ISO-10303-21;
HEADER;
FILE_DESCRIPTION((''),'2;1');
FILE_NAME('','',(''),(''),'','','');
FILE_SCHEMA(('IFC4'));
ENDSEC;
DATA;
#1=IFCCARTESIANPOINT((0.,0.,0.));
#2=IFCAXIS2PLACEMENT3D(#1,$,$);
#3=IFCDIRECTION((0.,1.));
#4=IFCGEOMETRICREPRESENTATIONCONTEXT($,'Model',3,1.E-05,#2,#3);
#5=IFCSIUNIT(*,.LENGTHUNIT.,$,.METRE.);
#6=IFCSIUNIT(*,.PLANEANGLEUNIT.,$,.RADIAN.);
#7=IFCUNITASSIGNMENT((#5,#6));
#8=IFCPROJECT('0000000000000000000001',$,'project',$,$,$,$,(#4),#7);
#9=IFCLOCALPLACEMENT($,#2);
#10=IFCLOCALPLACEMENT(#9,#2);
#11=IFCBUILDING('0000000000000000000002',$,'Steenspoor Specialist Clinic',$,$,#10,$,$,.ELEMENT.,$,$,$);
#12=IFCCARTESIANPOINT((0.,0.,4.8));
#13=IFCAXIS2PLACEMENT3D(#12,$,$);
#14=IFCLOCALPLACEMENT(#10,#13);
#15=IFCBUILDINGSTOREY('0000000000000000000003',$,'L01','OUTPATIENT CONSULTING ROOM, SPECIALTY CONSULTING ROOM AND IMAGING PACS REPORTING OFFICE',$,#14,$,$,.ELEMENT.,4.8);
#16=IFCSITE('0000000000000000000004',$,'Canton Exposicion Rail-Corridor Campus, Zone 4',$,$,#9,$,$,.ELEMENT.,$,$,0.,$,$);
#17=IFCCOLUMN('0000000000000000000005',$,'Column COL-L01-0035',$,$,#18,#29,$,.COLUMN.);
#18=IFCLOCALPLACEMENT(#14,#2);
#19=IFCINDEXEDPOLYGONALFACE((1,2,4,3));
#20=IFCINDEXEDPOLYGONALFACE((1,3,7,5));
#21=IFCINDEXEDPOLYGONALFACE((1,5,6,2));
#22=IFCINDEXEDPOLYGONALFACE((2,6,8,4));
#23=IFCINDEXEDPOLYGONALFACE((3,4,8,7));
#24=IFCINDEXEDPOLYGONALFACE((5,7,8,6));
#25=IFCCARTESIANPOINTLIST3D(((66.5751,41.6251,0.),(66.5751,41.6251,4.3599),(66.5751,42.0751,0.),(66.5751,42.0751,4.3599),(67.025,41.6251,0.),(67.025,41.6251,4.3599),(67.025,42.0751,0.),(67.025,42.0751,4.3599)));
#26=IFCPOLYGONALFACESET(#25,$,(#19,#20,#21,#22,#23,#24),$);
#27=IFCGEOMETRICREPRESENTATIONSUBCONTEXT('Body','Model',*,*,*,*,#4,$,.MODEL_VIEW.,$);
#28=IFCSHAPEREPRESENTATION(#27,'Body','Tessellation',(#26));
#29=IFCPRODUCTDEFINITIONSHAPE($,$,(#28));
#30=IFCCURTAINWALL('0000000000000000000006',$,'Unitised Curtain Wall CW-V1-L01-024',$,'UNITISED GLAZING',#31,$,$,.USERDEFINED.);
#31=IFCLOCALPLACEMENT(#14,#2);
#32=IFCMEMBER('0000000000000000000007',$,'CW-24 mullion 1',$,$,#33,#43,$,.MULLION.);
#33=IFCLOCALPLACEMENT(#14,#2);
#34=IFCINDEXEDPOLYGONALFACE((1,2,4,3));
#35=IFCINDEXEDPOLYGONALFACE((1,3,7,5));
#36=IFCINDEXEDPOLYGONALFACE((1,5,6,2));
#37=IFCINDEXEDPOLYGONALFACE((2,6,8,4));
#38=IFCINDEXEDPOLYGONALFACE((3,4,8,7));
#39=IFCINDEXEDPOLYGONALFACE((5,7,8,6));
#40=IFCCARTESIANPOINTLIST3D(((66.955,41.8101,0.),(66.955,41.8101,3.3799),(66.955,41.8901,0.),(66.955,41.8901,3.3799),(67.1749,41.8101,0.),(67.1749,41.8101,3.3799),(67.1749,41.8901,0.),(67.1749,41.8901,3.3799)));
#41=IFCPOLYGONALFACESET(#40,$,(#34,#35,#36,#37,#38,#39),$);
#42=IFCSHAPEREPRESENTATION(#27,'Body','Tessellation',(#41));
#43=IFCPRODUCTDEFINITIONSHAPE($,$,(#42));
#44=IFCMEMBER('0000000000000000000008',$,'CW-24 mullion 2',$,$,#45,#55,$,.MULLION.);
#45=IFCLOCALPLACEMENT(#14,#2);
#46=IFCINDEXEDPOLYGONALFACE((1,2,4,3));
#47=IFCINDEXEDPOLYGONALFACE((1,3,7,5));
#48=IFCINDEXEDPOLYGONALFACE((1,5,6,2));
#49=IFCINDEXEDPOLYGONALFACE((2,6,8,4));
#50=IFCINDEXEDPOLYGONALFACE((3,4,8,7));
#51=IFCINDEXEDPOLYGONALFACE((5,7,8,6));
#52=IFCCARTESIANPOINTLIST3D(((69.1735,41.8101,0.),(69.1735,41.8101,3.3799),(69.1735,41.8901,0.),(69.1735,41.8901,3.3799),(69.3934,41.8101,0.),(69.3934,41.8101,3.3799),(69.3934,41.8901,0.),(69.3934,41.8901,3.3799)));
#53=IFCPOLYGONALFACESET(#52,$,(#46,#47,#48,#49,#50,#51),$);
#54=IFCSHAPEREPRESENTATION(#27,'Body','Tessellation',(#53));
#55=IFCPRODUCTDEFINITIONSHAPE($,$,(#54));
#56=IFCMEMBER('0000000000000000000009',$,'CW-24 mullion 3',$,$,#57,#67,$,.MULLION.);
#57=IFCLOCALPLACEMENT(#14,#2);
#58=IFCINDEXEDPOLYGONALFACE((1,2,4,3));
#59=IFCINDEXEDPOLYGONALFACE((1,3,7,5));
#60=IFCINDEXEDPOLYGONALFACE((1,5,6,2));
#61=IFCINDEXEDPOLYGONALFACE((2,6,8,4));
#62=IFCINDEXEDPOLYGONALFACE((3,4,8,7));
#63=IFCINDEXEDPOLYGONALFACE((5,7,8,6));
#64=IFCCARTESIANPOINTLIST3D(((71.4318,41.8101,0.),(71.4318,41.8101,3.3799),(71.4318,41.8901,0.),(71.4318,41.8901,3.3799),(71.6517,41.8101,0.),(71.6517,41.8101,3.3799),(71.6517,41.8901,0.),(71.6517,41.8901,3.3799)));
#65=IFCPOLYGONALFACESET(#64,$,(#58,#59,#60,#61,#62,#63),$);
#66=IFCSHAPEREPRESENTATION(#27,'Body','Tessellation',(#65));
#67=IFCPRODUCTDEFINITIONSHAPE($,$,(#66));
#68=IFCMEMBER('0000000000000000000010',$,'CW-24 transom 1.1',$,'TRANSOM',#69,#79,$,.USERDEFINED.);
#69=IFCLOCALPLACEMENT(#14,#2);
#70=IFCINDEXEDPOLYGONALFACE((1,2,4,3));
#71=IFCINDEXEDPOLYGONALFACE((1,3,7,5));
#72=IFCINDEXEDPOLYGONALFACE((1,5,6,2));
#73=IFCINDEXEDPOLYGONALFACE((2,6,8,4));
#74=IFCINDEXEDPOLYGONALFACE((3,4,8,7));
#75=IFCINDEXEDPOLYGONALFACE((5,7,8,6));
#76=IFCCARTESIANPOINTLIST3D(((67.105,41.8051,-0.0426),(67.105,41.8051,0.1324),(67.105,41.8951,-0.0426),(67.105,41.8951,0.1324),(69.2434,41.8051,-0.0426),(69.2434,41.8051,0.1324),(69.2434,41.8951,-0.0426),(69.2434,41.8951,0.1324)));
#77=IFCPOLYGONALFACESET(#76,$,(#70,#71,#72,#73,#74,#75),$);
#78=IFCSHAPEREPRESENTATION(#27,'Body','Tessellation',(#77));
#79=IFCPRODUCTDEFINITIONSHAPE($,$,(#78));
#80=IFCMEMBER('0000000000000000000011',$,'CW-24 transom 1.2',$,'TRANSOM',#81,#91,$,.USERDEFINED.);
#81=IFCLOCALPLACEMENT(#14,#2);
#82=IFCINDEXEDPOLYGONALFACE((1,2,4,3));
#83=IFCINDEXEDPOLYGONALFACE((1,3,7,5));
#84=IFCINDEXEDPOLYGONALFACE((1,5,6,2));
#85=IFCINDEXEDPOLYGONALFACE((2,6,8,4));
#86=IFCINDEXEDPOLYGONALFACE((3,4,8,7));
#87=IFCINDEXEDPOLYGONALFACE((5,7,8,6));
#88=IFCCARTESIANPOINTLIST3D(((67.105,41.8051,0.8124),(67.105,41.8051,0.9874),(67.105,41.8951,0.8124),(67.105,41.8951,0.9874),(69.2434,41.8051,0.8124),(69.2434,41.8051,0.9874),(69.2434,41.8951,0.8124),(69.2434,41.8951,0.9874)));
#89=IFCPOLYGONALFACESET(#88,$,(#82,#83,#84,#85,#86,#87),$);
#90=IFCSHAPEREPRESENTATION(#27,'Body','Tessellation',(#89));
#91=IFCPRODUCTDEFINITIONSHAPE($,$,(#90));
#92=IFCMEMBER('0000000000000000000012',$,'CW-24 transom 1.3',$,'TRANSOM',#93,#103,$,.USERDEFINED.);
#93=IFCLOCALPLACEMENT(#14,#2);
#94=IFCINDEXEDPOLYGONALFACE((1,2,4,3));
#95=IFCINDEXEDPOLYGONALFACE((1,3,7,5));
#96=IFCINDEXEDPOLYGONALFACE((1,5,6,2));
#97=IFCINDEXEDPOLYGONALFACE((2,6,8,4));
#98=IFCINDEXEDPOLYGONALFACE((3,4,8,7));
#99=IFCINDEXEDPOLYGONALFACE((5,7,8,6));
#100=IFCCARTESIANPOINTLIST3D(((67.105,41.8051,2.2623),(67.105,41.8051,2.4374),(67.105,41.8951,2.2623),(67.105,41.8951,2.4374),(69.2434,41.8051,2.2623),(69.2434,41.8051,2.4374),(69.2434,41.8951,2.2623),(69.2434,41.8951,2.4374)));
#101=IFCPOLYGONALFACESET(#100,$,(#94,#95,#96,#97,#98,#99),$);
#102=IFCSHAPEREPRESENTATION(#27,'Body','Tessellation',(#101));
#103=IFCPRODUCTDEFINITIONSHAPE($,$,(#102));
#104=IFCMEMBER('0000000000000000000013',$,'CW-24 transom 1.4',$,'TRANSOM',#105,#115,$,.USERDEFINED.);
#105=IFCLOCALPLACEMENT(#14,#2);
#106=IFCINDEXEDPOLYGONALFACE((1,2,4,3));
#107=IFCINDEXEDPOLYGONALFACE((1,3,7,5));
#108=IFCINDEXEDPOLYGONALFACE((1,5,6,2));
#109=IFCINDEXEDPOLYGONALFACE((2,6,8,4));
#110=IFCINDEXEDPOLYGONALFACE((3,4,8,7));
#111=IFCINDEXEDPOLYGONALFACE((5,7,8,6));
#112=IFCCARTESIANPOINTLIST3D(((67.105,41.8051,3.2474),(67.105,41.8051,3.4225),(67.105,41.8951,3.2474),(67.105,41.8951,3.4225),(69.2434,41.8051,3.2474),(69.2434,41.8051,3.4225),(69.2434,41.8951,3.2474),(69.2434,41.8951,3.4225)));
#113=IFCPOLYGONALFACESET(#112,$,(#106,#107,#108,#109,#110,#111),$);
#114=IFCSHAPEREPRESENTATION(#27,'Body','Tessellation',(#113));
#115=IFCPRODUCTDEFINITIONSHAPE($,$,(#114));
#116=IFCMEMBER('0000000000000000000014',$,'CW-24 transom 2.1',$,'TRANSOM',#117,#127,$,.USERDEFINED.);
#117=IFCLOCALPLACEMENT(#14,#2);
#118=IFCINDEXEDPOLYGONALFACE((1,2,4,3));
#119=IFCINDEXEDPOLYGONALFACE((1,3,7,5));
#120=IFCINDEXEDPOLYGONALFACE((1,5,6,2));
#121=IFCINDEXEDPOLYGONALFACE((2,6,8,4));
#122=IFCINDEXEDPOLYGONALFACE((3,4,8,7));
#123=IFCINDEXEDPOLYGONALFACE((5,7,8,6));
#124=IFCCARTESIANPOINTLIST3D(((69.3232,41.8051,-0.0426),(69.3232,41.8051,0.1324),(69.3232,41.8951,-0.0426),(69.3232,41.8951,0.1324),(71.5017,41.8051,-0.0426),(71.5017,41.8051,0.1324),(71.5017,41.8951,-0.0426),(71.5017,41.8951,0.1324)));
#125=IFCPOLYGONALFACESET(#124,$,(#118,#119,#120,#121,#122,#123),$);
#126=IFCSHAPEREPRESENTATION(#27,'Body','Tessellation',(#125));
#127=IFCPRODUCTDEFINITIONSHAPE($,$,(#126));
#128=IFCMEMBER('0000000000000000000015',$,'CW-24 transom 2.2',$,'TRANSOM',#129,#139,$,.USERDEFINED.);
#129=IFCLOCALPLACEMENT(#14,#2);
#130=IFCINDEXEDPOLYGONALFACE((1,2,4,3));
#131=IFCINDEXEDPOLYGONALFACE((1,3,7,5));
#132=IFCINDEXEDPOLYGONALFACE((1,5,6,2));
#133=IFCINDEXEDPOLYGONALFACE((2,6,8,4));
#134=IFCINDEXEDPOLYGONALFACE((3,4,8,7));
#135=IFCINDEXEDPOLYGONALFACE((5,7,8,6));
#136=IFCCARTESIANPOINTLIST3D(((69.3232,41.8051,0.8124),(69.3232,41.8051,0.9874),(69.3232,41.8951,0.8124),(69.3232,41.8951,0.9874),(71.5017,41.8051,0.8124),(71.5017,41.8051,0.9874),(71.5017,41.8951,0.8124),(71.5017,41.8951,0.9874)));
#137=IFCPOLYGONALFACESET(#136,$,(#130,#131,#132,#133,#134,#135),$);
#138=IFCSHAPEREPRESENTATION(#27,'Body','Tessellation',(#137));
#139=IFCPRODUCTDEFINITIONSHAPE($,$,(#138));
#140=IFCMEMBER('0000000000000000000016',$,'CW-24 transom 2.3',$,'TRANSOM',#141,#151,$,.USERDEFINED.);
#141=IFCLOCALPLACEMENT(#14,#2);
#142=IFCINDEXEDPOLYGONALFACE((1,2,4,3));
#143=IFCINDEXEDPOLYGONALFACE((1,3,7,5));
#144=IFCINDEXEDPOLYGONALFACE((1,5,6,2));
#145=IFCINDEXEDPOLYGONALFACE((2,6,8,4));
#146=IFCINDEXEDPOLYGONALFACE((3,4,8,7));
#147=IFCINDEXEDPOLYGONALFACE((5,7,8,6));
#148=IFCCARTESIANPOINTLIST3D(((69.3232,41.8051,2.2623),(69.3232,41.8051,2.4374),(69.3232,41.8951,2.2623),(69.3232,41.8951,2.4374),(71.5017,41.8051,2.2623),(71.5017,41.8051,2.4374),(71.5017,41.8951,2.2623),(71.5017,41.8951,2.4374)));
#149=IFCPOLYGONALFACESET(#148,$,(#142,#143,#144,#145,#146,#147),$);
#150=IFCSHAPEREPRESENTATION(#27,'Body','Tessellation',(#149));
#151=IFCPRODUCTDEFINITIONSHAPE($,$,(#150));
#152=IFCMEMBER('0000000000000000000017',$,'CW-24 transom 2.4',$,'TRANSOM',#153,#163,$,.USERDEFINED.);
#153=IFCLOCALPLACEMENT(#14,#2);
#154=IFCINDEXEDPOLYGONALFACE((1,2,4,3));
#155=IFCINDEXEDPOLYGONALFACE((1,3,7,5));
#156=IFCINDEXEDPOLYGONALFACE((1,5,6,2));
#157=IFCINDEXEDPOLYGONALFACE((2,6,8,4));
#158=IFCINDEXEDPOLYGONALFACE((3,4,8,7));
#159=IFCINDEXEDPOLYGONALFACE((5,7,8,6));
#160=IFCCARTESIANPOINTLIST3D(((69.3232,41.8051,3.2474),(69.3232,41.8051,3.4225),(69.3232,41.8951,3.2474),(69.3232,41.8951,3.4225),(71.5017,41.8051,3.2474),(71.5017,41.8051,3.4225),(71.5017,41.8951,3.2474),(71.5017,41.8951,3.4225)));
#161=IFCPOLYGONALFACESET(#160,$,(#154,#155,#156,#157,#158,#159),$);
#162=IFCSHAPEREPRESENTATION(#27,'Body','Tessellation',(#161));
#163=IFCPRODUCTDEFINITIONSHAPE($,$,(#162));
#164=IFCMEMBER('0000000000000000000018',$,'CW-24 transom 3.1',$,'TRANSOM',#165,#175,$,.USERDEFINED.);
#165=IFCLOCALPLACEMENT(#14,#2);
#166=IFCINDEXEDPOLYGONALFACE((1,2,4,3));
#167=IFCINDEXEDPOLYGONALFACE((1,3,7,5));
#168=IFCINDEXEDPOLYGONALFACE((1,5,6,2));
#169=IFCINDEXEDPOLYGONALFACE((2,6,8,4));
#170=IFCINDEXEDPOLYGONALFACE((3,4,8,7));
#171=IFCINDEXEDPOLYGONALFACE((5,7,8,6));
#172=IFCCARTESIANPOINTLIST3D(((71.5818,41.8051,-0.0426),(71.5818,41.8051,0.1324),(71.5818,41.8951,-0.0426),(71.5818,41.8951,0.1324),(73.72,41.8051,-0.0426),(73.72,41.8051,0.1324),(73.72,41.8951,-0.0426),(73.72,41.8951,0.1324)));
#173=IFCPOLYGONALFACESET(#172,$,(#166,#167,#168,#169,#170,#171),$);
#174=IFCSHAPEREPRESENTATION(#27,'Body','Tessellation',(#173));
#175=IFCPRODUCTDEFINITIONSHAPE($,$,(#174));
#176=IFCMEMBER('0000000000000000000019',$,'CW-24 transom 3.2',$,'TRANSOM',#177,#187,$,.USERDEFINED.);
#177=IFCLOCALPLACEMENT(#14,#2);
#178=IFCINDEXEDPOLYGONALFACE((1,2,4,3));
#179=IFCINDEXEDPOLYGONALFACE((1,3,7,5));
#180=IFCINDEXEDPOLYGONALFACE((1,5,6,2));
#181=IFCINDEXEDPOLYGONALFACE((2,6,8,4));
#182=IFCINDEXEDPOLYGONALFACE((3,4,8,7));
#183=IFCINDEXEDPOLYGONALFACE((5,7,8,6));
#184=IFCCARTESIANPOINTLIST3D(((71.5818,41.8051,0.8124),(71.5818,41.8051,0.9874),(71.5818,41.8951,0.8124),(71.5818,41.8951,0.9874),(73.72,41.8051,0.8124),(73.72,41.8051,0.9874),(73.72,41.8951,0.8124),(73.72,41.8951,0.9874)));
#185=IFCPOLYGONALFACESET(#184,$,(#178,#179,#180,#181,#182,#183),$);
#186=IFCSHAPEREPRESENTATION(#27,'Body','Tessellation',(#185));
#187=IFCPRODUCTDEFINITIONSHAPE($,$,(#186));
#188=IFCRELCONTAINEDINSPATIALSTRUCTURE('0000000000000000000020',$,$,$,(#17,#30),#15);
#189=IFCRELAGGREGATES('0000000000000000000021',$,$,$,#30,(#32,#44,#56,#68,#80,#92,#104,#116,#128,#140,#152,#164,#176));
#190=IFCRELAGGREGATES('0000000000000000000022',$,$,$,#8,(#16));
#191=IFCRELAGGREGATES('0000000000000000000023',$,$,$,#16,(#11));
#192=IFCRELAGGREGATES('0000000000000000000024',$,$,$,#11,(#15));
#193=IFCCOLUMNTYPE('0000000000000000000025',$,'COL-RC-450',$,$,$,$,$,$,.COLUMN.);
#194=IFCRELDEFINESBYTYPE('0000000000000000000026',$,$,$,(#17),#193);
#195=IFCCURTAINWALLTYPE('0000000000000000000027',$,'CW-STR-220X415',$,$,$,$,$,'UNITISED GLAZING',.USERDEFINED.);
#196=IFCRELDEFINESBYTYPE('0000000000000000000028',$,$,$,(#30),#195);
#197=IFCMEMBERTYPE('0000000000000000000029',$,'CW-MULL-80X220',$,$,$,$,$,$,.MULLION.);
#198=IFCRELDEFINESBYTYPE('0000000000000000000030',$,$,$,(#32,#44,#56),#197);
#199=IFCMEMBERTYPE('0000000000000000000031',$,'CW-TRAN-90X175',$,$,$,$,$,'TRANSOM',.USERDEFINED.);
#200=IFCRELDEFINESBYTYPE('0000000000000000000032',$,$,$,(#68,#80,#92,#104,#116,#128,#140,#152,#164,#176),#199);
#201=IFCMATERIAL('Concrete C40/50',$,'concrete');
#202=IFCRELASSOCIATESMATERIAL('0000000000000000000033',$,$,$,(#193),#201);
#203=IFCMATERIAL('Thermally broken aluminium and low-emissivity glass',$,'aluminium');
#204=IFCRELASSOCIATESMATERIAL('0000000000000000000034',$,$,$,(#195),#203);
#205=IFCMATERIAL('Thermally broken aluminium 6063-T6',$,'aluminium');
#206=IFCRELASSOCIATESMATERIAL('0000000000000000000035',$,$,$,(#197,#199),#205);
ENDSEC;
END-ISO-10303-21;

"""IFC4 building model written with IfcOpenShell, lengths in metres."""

from ifc_helpers import new_model, si_unit, direction, frame, origin, origin_2d, place, context, subcontext, project, spatial, rectangle, extrude, material, material_profile, profile_set, type_object, element, aggregate, save


model = new_model("IFC4")

# Units and contexts
model_context = context("Model", 3, precision=1e-05, world=origin(), true_north=direction((0.0, 1.0)))
body_context = subcontext(model_context, "Body", "Model", "MODEL_VIEW")
ifc_project = project(units=[si_unit("LENGTHUNIT", "METRE"), si_unit("PLANEANGLEUNIT", "RADIAN")], contexts=[model_context])

# Site, building, storey
site_placement = place(None, origin())
site = spatial("IfcSite", under=ifc_project, at=site_placement, Name="Canton Exposicion Rail-Corridor Campus, Zone 4", CompositionType="ELEMENT", RefElevation=0.0)
building_placement = place(site_placement, origin())
building = spatial("IfcBuilding", under=site, at=building_placement, Name="Steenspoor Specialist Clinic", CompositionType="ELEMENT")
storey_placement = place(building_placement, frame((0.0, 0.0, 4.8)))
storey = spatial("IfcBuildingStorey", under=building, at=storey_placement, Name="L01", Description="OUTPATIENT CONSULTING ROOM, SPECIALTY CONSULTING ROOM AND IMAGING PACS REPORTING OFFICE", CompositionType="ELEMENT", Elevation=4.8)

# Column
ifc_material_1 = material(Name="Concrete C40/50", Category="concrete")
ifc_material_profile_1 = material_profile(ifc_material_1, rectangle(XDim=0.45, YDim=0.45, at=origin_2d()), Name="RC-COL-450X450")
ifc_profile_set_1 = profile_set([ifc_material_profile_1], Name="Concrete C40/50")
column_type = type_object("IfcColumnType", Name="COL-RC-450", PredefinedType="COLUMN", material=ifc_profile_set_1)
column_placement = place(storey_placement, frame((66.8, 41.8501, 0.0), z_axis=(0.0, 0.0, 1.0), x_axis=(1.0, 0.0, 0.0)))
element("IfcColumn", 1, at=column_placement, inside=storey, type_object=column_type, Name="Column COL-L01-0035", PredefinedType="COLUMN", context=body_context, shape_type="SweptSolid", body=[
    extrude(rectangle(XDim=0.45, YDim=0.45, at=origin_2d()), origin(), (0.0, 0.0, 1.0), 4.3599),
])

# Curtain wall, members
ifc_material_2 = material(Name="Thermally broken aluminium and low-emissivity glass", Category="aluminium")
curtain_wall_type = type_object("IfcCurtainWallType", Name="CW-STR-220X415", ElementType="UNITISED GLAZING", PredefinedType="USERDEFINED", material=ifc_material_2)
curtain_wall_placement = place(storey_placement, origin())
curtain_wall = element("IfcCurtainWall", 2, at=curtain_wall_placement, inside=storey, type_object=curtain_wall_type, Name="Unitised Curtain Wall CW-V1-L01-024", ObjectType="UNITISED GLAZING", PredefinedType="USERDEFINED")
ifc_material_3 = material(Name="Thermally broken aluminium 6063-T6", Category="aluminium")
ifc_material_profile_2 = material_profile(ifc_material_3, rectangle(XDim=0.0801, YDim=0.22, at=origin_2d()), Name="CWM-80X220")
ifc_profile_set_2 = profile_set([ifc_material_profile_2], Name="Thermally broken aluminium 6063-T6")
member_type_1 = type_object("IfcMemberType", Name="CW-MULL-80X220", PredefinedType="MULLION", material=ifc_profile_set_2)
member_1_placement = place(storey_placement, frame((67.0649, 41.8501, 0.0), z_axis=(0.0, 0.0, 1.0), x_axis=(0.0, 1.0, 0.0)))
member_1 = element("IfcMember", 3, at=member_1_placement, type_object=member_type_1, Name="CW-24 mullion 1", PredefinedType="MULLION", context=body_context, shape_type="SweptSolid", body=[
    extrude(rectangle(XDim=0.0801, YDim=0.22, at=origin_2d()), origin(), (0.0, 0.0, 1.0), 3.3799),
])
member_2_placement = place(storey_placement, frame((69.2834, 41.8501, 0.0), z_axis=(0.0, 0.0, 1.0), x_axis=(0.0, 1.0, 0.0)))
member_2 = element("IfcMember", 4, at=member_2_placement, type_object=member_type_1, Name="CW-24 mullion 2", PredefinedType="MULLION", context=body_context, shape_type="SweptSolid", body=[
    extrude(rectangle(XDim=0.0801, YDim=0.22, at=origin_2d()), origin(), (0.0, 0.0, 1.0), 3.3799),
])
member_3_placement = place(storey_placement, frame((71.5417, 41.8501, 0.0), z_axis=(0.0, 0.0, 1.0), x_axis=(0.0, 1.0, 0.0)))
member_3 = element("IfcMember", 5, at=member_3_placement, type_object=member_type_1, Name="CW-24 mullion 3", PredefinedType="MULLION", context=body_context, shape_type="SweptSolid", body=[
    extrude(rectangle(XDim=0.0801, YDim=0.22, at=origin_2d()), origin(), (0.0, 0.0, 1.0), 3.3799),
])
ifc_material_profile_3 = material_profile(ifc_material_3, rectangle(XDim=0.0901, YDim=0.175, at=origin_2d()), Name="CWT-90X175")
ifc_profile_set_3 = profile_set([ifc_material_profile_3], Name="Thermally broken aluminium 6063-T6")
member_type_2 = type_object("IfcMemberType", Name="CW-TRAN-90X175", ElementType="TRANSOM", PredefinedType="USERDEFINED", material=ifc_profile_set_3)
member_4_placement = place(storey_placement, frame((67.105, 41.8501, 0.0449), z_axis=(1.0, 0.0, 0.0), x_axis=(0.0, 1.0, 0.0)))
member_4 = element("IfcMember", 6, at=member_4_placement, type_object=member_type_2, Name="CW-24 transom 1.1", ObjectType="TRANSOM", PredefinedType="USERDEFINED", context=body_context, shape_type="SweptSolid", body=[
    extrude(rectangle(XDim=0.0901, YDim=0.175, at=origin_2d()), origin(), (0.0, 0.0, 1.0), 2.1384),
])
member_5_placement = place(storey_placement, frame((67.105, 41.8501, 0.8999), z_axis=(1.0, 0.0, 0.0), x_axis=(0.0, 1.0, 0.0)))
member_5 = element("IfcMember", 7, at=member_5_placement, type_object=member_type_2, Name="CW-24 transom 1.2", ObjectType="TRANSOM", PredefinedType="USERDEFINED", context=body_context, shape_type="SweptSolid", body=[
    extrude(rectangle(XDim=0.0901, YDim=0.175, at=origin_2d()), origin(), (0.0, 0.0, 1.0), 2.1384),
])
member_6_placement = place(storey_placement, frame((67.105, 41.8501, 2.3499), z_axis=(1.0, 0.0, 0.0), x_axis=(0.0, 1.0, 0.0)))
member_6 = element("IfcMember", 8, at=member_6_placement, type_object=member_type_2, Name="CW-24 transom 1.3", ObjectType="TRANSOM", PredefinedType="USERDEFINED", context=body_context, shape_type="SweptSolid", body=[
    extrude(rectangle(XDim=0.0901, YDim=0.175, at=origin_2d()), origin(), (0.0, 0.0, 1.0), 2.1384),
])
member_7_placement = place(storey_placement, frame((67.105, 41.8501, 3.335), z_axis=(1.0, 0.0, 0.0), x_axis=(0.0, 1.0, 0.0)))
member_7 = element("IfcMember", 9, at=member_7_placement, type_object=member_type_2, Name="CW-24 transom 1.4", ObjectType="TRANSOM", PredefinedType="USERDEFINED", context=body_context, shape_type="SweptSolid", body=[
    extrude(rectangle(XDim=0.0901, YDim=0.175, at=origin_2d()), origin(), (0.0, 0.0, 1.0), 2.1384),
])
member_8_placement = place(storey_placement, frame((69.3232, 41.8501, 0.0449), z_axis=(1.0, 0.0, 0.0), x_axis=(0.0, 1.0, 0.0)))
member_8 = element("IfcMember", 10, at=member_8_placement, type_object=member_type_2, Name="CW-24 transom 2.1", ObjectType="TRANSOM", PredefinedType="USERDEFINED", context=body_context, shape_type="SweptSolid", body=[
    extrude(rectangle(XDim=0.0901, YDim=0.175, at=origin_2d()), origin(), (0.0, 0.0, 1.0), 2.1785),
])
member_9_placement = place(storey_placement, frame((69.3232, 41.8501, 0.8999), z_axis=(1.0, 0.0, 0.0), x_axis=(0.0, 1.0, 0.0)))
member_9 = element("IfcMember", 11, at=member_9_placement, type_object=member_type_2, Name="CW-24 transom 2.2", ObjectType="TRANSOM", PredefinedType="USERDEFINED", context=body_context, shape_type="SweptSolid", body=[
    extrude(rectangle(XDim=0.0901, YDim=0.175, at=origin_2d()), origin(), (0.0, 0.0, 1.0), 2.1785),
])
member_10_placement = place(storey_placement, frame((69.3232, 41.8501, 2.3499), z_axis=(1.0, 0.0, 0.0), x_axis=(0.0, 1.0, 0.0)))
member_10 = element("IfcMember", 12, at=member_10_placement, type_object=member_type_2, Name="CW-24 transom 2.3", ObjectType="TRANSOM", PredefinedType="USERDEFINED", context=body_context, shape_type="SweptSolid", body=[
    extrude(rectangle(XDim=0.0901, YDim=0.175, at=origin_2d()), origin(), (0.0, 0.0, 1.0), 2.1785),
])
member_11_placement = place(storey_placement, frame((69.3232, 41.8501, 3.335), z_axis=(1.0, 0.0, 0.0), x_axis=(0.0, 1.0, 0.0)))
member_11 = element("IfcMember", 13, at=member_11_placement, type_object=member_type_2, Name="CW-24 transom 2.4", ObjectType="TRANSOM", PredefinedType="USERDEFINED", context=body_context, shape_type="SweptSolid", body=[
    extrude(rectangle(XDim=0.0901, YDim=0.175, at=origin_2d()), origin(), (0.0, 0.0, 1.0), 2.1785),
])
member_12_placement = place(storey_placement, frame((71.5818, 41.8501, 0.0449), z_axis=(1.0, 0.0, 0.0), x_axis=(0.0, 1.0, 0.0)))
member_12 = element("IfcMember", 14, at=member_12_placement, type_object=member_type_2, Name="CW-24 transom 3.1", ObjectType="TRANSOM", PredefinedType="USERDEFINED", context=body_context, shape_type="SweptSolid", body=[
    extrude(rectangle(XDim=0.0901, YDim=0.175, at=origin_2d()), origin(), (0.0, 0.0, 1.0), 2.1382),
])
member_13_placement = place(storey_placement, frame((71.5818, 41.8501, 0.8999), z_axis=(1.0, 0.0, 0.0), x_axis=(0.0, 1.0, 0.0)))
member_13 = element("IfcMember", 15, at=member_13_placement, type_object=member_type_2, Name="CW-24 transom 3.2", ObjectType="TRANSOM", PredefinedType="USERDEFINED", context=body_context, shape_type="SweptSolid", body=[
    extrude(rectangle(XDim=0.0901, YDim=0.175, at=origin_2d()), origin(), (0.0, 0.0, 1.0), 2.1382),
])

aggregate(curtain_wall, [member_1, member_2, member_3, member_4, member_5, member_6, member_7, member_8, member_9, member_10, member_11, member_12, member_13])

save(model, "model.ifc")
